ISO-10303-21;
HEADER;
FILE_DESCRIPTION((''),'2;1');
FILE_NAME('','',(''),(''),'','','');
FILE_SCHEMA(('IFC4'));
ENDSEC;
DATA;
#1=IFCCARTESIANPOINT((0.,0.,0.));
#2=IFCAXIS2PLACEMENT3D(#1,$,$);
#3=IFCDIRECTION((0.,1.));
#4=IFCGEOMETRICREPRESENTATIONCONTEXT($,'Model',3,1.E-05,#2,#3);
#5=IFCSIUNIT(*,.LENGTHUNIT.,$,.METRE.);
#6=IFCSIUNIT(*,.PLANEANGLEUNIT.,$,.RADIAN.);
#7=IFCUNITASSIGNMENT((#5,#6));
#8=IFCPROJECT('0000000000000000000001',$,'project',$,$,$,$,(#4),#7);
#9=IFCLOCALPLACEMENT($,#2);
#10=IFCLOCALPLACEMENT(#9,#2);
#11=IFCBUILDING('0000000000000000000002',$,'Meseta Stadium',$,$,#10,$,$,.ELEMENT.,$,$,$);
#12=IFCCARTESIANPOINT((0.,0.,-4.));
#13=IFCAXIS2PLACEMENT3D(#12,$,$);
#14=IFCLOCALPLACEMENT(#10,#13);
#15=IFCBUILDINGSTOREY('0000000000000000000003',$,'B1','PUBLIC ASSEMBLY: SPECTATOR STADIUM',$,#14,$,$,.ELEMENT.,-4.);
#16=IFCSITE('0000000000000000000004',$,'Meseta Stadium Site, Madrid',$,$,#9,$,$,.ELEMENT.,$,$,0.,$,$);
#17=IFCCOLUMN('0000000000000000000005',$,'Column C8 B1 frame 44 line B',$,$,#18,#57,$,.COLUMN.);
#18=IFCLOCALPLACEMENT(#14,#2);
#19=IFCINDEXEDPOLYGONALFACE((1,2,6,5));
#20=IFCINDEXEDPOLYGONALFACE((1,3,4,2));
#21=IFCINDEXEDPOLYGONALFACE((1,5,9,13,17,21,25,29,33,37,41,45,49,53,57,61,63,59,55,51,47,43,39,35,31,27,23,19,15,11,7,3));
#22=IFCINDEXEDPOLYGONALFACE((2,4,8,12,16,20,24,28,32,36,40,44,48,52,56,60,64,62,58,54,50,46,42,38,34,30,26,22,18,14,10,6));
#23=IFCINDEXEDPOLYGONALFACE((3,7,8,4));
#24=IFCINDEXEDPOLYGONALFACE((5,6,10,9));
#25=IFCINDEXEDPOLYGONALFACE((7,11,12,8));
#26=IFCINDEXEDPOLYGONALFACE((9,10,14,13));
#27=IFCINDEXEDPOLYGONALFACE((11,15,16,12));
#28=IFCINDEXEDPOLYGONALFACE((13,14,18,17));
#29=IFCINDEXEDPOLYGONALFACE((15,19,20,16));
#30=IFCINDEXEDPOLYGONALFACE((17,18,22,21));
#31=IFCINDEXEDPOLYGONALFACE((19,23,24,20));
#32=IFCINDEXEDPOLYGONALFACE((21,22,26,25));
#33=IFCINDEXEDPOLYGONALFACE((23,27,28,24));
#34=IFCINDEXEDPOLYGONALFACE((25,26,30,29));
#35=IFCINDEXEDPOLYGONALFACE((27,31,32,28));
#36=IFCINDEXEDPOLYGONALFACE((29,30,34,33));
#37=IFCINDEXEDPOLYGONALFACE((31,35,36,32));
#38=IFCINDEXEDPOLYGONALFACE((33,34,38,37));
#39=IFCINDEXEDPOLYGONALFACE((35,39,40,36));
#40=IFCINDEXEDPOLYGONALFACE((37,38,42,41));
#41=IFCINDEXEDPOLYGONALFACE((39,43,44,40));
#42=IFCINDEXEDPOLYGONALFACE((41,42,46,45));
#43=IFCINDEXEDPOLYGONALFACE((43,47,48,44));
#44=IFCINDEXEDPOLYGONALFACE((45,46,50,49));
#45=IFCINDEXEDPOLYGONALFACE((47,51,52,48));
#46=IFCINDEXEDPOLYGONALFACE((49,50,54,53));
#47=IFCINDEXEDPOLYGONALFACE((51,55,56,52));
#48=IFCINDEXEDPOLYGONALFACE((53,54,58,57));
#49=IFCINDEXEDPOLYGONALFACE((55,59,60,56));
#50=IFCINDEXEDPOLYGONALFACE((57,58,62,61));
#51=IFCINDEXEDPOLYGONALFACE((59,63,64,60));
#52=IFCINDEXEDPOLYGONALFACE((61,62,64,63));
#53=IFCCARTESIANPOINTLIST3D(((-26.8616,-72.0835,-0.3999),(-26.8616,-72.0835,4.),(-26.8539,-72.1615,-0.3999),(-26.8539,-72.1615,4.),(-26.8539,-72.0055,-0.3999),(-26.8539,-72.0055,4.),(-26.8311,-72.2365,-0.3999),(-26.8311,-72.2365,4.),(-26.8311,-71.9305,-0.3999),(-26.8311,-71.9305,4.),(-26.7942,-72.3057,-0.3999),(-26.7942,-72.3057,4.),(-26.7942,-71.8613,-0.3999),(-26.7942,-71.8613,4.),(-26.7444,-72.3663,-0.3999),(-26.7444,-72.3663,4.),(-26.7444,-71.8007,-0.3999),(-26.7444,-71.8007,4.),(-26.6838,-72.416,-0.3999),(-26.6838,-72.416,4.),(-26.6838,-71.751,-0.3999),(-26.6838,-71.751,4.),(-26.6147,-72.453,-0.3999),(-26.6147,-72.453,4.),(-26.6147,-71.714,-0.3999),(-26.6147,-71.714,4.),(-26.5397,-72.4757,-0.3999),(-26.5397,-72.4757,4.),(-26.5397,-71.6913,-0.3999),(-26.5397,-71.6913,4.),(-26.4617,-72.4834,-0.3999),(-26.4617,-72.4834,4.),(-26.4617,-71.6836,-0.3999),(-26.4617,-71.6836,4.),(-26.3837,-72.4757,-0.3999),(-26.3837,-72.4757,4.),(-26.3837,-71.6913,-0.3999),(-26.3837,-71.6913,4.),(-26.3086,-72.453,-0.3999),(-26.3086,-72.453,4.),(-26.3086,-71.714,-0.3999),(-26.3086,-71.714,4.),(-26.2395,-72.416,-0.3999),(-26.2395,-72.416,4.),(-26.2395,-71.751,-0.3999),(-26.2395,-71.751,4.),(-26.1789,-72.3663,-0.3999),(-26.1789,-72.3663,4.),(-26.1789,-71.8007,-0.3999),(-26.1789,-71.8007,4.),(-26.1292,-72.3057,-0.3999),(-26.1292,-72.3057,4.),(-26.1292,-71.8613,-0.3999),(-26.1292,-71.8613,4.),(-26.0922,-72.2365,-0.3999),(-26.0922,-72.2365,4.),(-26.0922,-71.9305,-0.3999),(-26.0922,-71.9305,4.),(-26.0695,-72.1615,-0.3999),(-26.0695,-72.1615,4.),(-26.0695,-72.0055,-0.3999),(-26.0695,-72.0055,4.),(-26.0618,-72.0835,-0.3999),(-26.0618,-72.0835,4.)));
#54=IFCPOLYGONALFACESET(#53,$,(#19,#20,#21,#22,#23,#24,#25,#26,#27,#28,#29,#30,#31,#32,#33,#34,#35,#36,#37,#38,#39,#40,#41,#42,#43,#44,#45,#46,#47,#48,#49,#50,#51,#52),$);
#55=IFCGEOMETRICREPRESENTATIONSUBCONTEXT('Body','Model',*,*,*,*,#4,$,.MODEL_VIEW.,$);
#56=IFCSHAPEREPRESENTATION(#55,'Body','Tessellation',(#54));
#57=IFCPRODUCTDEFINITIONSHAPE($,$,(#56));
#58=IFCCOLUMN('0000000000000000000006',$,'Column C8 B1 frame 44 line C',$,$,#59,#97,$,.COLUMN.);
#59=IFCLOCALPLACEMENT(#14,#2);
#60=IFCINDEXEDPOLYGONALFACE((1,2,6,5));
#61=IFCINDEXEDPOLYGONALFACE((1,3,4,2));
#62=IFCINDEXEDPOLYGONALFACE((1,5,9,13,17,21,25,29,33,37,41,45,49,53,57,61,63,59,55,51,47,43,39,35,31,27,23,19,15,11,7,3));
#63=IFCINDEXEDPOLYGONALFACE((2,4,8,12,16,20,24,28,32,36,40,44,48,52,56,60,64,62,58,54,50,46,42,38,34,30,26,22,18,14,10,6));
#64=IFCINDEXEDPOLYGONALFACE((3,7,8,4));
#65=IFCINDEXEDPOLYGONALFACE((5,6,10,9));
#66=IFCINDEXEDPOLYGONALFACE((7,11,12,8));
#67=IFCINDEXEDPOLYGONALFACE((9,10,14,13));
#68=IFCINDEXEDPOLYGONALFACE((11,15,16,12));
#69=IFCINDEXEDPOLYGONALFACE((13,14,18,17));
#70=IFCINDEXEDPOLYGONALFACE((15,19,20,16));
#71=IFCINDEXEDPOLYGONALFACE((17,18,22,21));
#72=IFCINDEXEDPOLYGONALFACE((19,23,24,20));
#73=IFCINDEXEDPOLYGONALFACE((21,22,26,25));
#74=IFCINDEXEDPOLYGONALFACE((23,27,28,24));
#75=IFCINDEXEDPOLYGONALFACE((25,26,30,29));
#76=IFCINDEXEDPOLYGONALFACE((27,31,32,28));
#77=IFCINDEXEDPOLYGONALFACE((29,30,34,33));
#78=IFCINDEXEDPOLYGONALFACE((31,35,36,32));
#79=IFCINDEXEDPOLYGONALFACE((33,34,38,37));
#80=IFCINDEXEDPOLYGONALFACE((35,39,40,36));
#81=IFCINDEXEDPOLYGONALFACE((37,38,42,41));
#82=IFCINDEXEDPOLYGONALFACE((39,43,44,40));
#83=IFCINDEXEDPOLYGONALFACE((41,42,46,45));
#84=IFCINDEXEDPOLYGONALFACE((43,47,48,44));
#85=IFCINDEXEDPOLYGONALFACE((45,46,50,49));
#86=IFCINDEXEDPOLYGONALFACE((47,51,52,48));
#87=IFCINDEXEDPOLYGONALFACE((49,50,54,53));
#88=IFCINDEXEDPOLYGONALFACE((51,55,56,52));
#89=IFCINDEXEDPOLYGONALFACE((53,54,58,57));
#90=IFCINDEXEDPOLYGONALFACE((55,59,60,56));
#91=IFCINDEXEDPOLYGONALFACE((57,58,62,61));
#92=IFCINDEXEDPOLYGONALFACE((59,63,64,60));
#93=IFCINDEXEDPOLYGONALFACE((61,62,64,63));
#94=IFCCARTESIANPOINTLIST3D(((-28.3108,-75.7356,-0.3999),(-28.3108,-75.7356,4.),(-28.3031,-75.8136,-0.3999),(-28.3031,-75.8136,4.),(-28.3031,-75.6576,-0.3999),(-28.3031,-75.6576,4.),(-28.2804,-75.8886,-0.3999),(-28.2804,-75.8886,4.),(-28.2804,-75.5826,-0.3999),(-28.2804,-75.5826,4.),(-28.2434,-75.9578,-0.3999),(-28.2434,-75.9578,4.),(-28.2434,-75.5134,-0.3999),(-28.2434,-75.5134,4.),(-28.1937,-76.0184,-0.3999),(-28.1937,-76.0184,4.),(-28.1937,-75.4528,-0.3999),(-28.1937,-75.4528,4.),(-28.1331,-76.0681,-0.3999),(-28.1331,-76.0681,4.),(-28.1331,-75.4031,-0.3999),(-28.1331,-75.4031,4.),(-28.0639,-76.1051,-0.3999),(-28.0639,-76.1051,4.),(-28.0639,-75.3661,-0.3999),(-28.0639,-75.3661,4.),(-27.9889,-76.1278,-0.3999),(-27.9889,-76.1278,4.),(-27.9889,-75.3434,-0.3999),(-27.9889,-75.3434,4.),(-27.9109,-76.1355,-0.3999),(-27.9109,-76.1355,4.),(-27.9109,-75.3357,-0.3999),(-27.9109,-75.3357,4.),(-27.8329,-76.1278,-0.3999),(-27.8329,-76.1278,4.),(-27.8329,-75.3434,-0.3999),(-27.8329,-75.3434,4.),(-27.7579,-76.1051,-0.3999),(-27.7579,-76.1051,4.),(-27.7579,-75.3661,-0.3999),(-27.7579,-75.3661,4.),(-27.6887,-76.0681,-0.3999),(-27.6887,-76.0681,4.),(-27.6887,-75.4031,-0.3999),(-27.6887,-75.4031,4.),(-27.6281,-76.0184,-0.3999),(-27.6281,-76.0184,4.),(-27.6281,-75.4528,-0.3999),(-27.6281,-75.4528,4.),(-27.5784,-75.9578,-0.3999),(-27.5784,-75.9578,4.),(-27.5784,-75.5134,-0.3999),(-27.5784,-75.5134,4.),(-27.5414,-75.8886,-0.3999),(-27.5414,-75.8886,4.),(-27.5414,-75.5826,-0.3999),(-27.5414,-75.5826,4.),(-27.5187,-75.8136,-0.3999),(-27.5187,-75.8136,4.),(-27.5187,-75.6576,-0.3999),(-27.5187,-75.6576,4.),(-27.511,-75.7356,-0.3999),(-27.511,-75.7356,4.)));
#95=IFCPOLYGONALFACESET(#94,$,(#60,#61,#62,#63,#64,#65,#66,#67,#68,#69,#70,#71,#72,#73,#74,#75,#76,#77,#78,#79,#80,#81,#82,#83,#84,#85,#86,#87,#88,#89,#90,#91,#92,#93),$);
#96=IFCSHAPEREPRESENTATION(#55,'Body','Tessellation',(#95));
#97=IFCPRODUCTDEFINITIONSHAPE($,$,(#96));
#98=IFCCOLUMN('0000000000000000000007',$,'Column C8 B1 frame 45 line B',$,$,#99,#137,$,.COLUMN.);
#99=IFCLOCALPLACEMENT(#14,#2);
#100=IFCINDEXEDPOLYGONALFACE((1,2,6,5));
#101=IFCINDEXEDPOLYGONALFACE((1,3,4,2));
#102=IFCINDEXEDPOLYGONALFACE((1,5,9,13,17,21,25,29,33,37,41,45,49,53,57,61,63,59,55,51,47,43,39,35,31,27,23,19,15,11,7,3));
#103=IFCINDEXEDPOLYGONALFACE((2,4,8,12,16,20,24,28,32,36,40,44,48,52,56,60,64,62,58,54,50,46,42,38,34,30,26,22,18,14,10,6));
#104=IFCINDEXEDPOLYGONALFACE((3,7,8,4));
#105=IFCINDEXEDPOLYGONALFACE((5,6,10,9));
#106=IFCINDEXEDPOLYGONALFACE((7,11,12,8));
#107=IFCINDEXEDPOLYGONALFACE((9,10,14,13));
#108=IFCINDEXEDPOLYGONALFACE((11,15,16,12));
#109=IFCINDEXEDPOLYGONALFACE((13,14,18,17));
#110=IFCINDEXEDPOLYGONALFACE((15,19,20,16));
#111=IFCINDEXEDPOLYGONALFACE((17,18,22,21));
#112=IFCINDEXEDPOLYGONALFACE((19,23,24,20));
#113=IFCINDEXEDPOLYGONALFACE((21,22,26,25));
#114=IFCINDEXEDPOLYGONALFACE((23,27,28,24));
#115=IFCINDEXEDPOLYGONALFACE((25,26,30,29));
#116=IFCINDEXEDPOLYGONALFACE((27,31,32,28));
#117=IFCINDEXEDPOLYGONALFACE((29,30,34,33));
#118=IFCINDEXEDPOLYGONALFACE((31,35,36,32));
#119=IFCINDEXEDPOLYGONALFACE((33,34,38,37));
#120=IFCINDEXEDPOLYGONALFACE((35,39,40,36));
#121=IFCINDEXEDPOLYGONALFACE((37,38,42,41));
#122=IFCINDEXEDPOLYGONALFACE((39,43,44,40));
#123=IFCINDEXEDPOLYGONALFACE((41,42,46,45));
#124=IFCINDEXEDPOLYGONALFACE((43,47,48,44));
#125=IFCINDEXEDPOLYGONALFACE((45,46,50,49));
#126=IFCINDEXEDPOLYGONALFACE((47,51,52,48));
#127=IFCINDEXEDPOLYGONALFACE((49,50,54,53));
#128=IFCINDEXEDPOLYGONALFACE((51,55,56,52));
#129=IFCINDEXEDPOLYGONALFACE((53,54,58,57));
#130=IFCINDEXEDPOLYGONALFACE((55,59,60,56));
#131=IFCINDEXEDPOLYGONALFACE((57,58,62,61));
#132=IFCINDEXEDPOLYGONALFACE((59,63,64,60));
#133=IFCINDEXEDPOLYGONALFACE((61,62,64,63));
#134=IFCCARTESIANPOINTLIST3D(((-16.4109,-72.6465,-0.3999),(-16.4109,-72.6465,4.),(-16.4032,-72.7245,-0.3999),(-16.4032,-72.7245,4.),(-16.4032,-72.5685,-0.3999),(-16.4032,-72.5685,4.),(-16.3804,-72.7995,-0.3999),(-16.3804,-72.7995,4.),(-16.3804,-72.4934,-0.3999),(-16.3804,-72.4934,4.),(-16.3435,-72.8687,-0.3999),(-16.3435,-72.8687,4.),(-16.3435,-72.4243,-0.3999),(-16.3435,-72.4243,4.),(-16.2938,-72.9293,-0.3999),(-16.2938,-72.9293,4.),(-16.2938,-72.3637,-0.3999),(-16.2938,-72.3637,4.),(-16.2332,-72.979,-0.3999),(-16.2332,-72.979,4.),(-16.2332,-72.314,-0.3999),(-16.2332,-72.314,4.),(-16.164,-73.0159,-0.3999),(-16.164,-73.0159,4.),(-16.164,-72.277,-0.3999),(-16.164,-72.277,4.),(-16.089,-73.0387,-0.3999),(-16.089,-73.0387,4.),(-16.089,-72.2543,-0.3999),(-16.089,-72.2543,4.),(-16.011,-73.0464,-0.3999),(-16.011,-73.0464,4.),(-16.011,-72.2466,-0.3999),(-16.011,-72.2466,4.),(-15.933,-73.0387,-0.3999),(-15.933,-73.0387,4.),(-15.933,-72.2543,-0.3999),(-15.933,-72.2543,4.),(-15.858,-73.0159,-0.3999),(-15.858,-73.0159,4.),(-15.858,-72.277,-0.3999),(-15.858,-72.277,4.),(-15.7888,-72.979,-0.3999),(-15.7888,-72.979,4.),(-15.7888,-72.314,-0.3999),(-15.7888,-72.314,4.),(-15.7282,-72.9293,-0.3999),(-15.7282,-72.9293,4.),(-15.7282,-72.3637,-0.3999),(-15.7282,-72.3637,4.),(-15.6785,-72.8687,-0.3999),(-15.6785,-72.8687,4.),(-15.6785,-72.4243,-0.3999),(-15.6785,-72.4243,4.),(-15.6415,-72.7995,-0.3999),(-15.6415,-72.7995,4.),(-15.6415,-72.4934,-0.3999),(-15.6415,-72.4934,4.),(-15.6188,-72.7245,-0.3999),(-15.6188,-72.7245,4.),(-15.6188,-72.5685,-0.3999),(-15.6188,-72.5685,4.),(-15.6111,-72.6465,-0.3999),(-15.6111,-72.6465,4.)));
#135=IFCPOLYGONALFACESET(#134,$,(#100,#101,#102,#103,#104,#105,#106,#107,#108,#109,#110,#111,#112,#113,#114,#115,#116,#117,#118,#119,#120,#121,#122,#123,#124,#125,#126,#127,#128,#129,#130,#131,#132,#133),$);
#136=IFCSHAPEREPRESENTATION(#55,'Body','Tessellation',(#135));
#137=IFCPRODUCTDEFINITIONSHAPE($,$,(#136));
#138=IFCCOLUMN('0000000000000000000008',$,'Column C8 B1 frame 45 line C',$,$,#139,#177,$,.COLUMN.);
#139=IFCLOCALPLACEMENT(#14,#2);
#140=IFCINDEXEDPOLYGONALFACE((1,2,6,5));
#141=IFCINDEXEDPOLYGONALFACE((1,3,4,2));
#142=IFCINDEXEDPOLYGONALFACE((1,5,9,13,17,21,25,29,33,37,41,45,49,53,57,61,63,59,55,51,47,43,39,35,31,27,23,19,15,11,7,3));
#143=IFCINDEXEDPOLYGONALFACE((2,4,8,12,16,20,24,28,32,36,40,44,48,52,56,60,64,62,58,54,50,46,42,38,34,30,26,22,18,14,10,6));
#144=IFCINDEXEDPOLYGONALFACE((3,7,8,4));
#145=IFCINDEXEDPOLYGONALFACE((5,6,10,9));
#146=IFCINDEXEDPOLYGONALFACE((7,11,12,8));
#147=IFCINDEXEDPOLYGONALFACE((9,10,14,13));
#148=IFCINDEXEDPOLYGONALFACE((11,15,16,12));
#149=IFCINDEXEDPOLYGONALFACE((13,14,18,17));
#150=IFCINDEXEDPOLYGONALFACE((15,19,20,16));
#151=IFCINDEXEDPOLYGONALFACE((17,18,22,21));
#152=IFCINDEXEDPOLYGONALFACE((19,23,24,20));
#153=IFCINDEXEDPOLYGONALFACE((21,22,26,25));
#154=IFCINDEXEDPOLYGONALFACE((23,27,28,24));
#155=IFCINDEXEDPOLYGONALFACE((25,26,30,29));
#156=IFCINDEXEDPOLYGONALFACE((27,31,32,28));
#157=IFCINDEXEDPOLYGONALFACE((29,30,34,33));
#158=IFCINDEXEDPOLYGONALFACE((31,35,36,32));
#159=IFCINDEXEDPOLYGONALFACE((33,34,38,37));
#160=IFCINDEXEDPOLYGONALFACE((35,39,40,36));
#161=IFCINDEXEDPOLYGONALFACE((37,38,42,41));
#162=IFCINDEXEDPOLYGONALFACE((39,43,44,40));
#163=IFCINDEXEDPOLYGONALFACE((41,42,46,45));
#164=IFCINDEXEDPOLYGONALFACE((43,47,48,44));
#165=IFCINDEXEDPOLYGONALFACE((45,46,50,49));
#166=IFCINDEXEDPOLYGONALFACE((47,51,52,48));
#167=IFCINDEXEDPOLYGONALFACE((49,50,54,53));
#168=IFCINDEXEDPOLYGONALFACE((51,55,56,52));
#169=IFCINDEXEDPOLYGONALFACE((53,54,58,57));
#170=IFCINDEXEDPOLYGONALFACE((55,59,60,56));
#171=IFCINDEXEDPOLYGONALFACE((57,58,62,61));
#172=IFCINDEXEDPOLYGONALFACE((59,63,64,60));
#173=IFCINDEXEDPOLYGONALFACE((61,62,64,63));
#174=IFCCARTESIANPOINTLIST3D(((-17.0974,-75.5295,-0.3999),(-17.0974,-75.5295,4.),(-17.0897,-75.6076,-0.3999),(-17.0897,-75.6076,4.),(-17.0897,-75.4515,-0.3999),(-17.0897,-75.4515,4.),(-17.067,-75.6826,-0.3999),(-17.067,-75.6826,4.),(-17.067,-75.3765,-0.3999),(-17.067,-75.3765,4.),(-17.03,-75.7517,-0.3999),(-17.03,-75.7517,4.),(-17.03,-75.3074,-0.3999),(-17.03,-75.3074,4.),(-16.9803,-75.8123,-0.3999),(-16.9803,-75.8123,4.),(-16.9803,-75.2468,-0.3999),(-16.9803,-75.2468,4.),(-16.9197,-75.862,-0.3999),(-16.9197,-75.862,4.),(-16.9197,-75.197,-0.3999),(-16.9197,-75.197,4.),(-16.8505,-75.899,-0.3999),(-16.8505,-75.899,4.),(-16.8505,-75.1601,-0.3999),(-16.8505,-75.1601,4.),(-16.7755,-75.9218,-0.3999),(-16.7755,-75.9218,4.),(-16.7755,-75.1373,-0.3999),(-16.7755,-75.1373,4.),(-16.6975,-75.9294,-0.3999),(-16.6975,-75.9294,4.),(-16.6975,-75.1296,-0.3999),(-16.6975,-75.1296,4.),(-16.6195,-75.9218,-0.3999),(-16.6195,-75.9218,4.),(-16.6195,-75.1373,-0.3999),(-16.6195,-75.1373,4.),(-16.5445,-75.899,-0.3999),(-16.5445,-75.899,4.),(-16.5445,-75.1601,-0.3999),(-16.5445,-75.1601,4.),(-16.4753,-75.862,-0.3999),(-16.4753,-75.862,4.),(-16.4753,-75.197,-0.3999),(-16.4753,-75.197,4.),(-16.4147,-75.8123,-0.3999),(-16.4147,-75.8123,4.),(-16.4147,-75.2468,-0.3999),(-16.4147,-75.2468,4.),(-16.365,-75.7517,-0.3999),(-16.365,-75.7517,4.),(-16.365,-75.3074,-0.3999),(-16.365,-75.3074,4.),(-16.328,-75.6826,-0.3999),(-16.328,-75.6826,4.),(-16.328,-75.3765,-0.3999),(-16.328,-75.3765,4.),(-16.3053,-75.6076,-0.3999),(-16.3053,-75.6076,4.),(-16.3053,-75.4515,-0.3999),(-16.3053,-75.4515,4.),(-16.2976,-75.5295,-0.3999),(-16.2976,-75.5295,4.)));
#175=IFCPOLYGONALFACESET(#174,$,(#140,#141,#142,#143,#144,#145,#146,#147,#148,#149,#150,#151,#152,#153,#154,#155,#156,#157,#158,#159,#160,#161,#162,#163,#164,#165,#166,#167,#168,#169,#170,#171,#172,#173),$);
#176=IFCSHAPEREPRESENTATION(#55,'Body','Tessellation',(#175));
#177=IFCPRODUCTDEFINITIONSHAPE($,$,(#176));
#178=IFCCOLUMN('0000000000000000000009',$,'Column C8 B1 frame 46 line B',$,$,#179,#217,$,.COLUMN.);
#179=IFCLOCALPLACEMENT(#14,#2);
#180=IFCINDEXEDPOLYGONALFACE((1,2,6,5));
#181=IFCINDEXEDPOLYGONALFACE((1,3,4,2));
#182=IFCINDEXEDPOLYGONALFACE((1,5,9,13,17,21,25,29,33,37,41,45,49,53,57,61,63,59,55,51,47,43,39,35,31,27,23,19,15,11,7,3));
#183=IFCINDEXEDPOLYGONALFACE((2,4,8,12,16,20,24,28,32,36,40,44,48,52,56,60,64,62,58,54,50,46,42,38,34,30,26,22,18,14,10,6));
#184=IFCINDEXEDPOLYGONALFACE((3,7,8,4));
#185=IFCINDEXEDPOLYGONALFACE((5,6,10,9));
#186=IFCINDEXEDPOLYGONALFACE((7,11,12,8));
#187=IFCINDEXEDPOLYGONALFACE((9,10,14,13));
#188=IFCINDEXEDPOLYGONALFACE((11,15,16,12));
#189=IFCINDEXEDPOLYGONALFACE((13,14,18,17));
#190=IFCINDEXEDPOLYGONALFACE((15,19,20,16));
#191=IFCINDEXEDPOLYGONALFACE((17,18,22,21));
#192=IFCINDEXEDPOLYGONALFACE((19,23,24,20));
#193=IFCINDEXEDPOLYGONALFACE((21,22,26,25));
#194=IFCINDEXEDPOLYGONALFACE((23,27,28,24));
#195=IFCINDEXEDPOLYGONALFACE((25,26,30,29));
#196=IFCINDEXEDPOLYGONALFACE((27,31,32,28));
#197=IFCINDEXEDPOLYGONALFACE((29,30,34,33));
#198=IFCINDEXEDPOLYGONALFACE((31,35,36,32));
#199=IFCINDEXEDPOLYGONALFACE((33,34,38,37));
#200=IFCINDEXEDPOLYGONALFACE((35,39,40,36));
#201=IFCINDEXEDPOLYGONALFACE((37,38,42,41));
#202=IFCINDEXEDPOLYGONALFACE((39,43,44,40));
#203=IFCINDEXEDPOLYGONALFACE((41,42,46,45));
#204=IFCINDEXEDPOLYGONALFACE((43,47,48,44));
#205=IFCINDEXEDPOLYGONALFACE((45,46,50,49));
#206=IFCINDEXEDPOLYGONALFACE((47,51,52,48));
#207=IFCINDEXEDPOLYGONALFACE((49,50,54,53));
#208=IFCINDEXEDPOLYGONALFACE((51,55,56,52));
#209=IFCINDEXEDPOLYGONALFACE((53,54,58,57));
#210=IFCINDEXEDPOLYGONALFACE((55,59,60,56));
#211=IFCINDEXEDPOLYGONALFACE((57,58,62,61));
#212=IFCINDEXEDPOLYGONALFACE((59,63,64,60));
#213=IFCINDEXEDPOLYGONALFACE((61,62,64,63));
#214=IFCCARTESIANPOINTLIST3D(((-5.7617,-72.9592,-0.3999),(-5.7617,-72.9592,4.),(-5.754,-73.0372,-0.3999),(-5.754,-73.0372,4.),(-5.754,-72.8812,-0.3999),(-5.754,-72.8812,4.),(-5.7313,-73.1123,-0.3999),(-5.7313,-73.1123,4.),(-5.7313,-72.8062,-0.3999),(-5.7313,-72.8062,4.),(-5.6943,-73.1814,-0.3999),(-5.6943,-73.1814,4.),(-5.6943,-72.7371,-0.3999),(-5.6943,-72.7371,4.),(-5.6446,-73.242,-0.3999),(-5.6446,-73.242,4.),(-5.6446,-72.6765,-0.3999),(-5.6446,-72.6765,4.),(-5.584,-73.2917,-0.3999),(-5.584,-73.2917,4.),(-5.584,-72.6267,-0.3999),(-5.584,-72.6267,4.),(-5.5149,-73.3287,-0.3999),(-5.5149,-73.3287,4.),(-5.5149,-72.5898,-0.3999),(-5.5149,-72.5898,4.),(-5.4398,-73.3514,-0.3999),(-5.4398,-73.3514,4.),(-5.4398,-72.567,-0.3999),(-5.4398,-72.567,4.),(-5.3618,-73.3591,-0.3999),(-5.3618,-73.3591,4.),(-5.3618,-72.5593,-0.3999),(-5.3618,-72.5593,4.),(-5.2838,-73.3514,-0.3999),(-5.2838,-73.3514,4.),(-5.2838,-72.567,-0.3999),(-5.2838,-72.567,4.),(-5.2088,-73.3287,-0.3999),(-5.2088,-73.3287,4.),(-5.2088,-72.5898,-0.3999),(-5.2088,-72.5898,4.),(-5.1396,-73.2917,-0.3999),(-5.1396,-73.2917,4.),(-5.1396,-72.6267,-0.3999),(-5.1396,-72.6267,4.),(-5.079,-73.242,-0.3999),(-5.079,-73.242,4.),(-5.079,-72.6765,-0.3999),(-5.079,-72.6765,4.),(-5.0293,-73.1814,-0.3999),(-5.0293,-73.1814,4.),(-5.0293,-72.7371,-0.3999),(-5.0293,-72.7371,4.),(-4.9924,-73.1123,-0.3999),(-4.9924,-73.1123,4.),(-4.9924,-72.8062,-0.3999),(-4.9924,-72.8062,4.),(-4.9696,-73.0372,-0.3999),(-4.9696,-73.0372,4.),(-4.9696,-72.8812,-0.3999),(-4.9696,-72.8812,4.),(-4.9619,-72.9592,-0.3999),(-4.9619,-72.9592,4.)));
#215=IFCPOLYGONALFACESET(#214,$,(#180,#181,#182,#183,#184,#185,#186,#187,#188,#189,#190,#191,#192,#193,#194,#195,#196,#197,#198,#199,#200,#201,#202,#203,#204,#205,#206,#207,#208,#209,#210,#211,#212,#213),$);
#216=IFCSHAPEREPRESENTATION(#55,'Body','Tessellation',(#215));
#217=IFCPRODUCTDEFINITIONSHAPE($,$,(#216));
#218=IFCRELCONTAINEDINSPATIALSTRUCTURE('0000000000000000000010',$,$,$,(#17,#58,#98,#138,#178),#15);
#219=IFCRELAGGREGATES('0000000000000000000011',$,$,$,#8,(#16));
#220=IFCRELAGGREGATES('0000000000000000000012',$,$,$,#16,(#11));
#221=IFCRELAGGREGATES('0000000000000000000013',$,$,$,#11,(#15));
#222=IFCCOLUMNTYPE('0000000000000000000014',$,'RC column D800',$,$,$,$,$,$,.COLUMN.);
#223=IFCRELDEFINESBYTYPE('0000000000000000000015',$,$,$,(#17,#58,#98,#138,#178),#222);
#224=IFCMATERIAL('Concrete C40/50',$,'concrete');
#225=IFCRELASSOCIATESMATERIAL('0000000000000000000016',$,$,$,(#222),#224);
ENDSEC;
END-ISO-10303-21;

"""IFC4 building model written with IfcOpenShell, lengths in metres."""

from ifc_helpers import new_model, si_unit, direction, frame, origin, origin_2d, place, context, subcontext, project, spatial, circle, extrude, material, material_profile, profile_set, type_object, element, save


model = new_model("IFC4")

# Units and contexts
model_context = context("Model", 3, precision=1e-05, world=origin(), true_north=direction((0.0, 1.0)))
body_context = subcontext(model_context, "Body", "Model", "MODEL_VIEW")
ifc_project = project(units=[si_unit("LENGTHUNIT", "METRE"), si_unit("PLANEANGLEUNIT", "RADIAN")], contexts=[model_context])

# Site, building, storey
site_placement = place(None, origin())
site = spatial("IfcSite", under=ifc_project, at=site_placement, Name="Meseta Stadium Site, Madrid", CompositionType="ELEMENT", RefElevation=0.0)
building_placement = place(site_placement, origin())
building = spatial("IfcBuilding", under=site, at=building_placement, Name="Meseta Stadium", CompositionType="ELEMENT")
storey_placement = place(building_placement, frame((0.0, 0.0, -4.0)))
storey = spatial("IfcBuildingStorey", under=building, at=storey_placement, Name="B1", Description="PUBLIC ASSEMBLY: SPECTATOR STADIUM", CompositionType="ELEMENT", Elevation=-4.0)

# Columns
ifc_material_1 = material(Name="Concrete C40/50", Category="concrete")
ifc_material_profile_1 = material_profile(ifc_material_1, circle(Radius=0.3999, at=origin_2d()), Name="RC D800")
ifc_profile_set_1 = profile_set([ifc_material_profile_1], Name="Concrete C40/50")
column_type_1 = type_object("IfcColumnType", Name="RC column D800", PredefinedType="COLUMN", material=ifc_profile_set_1)
for number, where, z_axis, x_axis, name in (
    (1, (-26.4617, -72.0835, -0.3999), (0.0, 0.0, 1.0), (1.0, 0.0, 0.0), "Column C8 B1 frame 44 line B"),
    (2, (-27.9109, -75.7356, -0.3999), (0.0, 0.0, 1.0), (1.0, 0.0, 0.0), "Column C8 B1 frame 44 line C"),
    (3, (-16.011, -72.6465, -0.3999), (0.0, 0.0, 1.0), (1.0, 0.0, 0.0), "Column C8 B1 frame 45 line B"),
    (4, (-16.6975, -75.5295, -0.3999), (0.0, 0.0, 1.0), (1.0, 0.0, 0.0), "Column C8 B1 frame 45 line C"),
    (5, (-5.3618, -72.9592, -0.3999), (0.0, 0.0, 1.0), (1.0, 0.0, 0.0), "Column C8 B1 frame 46 line B"),
):
    element("IfcColumn", number, at=place(storey_placement, frame(where, z_axis=z_axis, x_axis=x_axis)), inside=storey, type_object=column_type_1, Name=name, PredefinedType="COLUMN", context=body_context, shape_type="SweptSolid", body=[
        extrude(circle(Radius=0.3999, at=origin_2d()), origin(), (0.0, 0.0, 1.0), 4.3999),
    ])

save(model, "model.ifc")
